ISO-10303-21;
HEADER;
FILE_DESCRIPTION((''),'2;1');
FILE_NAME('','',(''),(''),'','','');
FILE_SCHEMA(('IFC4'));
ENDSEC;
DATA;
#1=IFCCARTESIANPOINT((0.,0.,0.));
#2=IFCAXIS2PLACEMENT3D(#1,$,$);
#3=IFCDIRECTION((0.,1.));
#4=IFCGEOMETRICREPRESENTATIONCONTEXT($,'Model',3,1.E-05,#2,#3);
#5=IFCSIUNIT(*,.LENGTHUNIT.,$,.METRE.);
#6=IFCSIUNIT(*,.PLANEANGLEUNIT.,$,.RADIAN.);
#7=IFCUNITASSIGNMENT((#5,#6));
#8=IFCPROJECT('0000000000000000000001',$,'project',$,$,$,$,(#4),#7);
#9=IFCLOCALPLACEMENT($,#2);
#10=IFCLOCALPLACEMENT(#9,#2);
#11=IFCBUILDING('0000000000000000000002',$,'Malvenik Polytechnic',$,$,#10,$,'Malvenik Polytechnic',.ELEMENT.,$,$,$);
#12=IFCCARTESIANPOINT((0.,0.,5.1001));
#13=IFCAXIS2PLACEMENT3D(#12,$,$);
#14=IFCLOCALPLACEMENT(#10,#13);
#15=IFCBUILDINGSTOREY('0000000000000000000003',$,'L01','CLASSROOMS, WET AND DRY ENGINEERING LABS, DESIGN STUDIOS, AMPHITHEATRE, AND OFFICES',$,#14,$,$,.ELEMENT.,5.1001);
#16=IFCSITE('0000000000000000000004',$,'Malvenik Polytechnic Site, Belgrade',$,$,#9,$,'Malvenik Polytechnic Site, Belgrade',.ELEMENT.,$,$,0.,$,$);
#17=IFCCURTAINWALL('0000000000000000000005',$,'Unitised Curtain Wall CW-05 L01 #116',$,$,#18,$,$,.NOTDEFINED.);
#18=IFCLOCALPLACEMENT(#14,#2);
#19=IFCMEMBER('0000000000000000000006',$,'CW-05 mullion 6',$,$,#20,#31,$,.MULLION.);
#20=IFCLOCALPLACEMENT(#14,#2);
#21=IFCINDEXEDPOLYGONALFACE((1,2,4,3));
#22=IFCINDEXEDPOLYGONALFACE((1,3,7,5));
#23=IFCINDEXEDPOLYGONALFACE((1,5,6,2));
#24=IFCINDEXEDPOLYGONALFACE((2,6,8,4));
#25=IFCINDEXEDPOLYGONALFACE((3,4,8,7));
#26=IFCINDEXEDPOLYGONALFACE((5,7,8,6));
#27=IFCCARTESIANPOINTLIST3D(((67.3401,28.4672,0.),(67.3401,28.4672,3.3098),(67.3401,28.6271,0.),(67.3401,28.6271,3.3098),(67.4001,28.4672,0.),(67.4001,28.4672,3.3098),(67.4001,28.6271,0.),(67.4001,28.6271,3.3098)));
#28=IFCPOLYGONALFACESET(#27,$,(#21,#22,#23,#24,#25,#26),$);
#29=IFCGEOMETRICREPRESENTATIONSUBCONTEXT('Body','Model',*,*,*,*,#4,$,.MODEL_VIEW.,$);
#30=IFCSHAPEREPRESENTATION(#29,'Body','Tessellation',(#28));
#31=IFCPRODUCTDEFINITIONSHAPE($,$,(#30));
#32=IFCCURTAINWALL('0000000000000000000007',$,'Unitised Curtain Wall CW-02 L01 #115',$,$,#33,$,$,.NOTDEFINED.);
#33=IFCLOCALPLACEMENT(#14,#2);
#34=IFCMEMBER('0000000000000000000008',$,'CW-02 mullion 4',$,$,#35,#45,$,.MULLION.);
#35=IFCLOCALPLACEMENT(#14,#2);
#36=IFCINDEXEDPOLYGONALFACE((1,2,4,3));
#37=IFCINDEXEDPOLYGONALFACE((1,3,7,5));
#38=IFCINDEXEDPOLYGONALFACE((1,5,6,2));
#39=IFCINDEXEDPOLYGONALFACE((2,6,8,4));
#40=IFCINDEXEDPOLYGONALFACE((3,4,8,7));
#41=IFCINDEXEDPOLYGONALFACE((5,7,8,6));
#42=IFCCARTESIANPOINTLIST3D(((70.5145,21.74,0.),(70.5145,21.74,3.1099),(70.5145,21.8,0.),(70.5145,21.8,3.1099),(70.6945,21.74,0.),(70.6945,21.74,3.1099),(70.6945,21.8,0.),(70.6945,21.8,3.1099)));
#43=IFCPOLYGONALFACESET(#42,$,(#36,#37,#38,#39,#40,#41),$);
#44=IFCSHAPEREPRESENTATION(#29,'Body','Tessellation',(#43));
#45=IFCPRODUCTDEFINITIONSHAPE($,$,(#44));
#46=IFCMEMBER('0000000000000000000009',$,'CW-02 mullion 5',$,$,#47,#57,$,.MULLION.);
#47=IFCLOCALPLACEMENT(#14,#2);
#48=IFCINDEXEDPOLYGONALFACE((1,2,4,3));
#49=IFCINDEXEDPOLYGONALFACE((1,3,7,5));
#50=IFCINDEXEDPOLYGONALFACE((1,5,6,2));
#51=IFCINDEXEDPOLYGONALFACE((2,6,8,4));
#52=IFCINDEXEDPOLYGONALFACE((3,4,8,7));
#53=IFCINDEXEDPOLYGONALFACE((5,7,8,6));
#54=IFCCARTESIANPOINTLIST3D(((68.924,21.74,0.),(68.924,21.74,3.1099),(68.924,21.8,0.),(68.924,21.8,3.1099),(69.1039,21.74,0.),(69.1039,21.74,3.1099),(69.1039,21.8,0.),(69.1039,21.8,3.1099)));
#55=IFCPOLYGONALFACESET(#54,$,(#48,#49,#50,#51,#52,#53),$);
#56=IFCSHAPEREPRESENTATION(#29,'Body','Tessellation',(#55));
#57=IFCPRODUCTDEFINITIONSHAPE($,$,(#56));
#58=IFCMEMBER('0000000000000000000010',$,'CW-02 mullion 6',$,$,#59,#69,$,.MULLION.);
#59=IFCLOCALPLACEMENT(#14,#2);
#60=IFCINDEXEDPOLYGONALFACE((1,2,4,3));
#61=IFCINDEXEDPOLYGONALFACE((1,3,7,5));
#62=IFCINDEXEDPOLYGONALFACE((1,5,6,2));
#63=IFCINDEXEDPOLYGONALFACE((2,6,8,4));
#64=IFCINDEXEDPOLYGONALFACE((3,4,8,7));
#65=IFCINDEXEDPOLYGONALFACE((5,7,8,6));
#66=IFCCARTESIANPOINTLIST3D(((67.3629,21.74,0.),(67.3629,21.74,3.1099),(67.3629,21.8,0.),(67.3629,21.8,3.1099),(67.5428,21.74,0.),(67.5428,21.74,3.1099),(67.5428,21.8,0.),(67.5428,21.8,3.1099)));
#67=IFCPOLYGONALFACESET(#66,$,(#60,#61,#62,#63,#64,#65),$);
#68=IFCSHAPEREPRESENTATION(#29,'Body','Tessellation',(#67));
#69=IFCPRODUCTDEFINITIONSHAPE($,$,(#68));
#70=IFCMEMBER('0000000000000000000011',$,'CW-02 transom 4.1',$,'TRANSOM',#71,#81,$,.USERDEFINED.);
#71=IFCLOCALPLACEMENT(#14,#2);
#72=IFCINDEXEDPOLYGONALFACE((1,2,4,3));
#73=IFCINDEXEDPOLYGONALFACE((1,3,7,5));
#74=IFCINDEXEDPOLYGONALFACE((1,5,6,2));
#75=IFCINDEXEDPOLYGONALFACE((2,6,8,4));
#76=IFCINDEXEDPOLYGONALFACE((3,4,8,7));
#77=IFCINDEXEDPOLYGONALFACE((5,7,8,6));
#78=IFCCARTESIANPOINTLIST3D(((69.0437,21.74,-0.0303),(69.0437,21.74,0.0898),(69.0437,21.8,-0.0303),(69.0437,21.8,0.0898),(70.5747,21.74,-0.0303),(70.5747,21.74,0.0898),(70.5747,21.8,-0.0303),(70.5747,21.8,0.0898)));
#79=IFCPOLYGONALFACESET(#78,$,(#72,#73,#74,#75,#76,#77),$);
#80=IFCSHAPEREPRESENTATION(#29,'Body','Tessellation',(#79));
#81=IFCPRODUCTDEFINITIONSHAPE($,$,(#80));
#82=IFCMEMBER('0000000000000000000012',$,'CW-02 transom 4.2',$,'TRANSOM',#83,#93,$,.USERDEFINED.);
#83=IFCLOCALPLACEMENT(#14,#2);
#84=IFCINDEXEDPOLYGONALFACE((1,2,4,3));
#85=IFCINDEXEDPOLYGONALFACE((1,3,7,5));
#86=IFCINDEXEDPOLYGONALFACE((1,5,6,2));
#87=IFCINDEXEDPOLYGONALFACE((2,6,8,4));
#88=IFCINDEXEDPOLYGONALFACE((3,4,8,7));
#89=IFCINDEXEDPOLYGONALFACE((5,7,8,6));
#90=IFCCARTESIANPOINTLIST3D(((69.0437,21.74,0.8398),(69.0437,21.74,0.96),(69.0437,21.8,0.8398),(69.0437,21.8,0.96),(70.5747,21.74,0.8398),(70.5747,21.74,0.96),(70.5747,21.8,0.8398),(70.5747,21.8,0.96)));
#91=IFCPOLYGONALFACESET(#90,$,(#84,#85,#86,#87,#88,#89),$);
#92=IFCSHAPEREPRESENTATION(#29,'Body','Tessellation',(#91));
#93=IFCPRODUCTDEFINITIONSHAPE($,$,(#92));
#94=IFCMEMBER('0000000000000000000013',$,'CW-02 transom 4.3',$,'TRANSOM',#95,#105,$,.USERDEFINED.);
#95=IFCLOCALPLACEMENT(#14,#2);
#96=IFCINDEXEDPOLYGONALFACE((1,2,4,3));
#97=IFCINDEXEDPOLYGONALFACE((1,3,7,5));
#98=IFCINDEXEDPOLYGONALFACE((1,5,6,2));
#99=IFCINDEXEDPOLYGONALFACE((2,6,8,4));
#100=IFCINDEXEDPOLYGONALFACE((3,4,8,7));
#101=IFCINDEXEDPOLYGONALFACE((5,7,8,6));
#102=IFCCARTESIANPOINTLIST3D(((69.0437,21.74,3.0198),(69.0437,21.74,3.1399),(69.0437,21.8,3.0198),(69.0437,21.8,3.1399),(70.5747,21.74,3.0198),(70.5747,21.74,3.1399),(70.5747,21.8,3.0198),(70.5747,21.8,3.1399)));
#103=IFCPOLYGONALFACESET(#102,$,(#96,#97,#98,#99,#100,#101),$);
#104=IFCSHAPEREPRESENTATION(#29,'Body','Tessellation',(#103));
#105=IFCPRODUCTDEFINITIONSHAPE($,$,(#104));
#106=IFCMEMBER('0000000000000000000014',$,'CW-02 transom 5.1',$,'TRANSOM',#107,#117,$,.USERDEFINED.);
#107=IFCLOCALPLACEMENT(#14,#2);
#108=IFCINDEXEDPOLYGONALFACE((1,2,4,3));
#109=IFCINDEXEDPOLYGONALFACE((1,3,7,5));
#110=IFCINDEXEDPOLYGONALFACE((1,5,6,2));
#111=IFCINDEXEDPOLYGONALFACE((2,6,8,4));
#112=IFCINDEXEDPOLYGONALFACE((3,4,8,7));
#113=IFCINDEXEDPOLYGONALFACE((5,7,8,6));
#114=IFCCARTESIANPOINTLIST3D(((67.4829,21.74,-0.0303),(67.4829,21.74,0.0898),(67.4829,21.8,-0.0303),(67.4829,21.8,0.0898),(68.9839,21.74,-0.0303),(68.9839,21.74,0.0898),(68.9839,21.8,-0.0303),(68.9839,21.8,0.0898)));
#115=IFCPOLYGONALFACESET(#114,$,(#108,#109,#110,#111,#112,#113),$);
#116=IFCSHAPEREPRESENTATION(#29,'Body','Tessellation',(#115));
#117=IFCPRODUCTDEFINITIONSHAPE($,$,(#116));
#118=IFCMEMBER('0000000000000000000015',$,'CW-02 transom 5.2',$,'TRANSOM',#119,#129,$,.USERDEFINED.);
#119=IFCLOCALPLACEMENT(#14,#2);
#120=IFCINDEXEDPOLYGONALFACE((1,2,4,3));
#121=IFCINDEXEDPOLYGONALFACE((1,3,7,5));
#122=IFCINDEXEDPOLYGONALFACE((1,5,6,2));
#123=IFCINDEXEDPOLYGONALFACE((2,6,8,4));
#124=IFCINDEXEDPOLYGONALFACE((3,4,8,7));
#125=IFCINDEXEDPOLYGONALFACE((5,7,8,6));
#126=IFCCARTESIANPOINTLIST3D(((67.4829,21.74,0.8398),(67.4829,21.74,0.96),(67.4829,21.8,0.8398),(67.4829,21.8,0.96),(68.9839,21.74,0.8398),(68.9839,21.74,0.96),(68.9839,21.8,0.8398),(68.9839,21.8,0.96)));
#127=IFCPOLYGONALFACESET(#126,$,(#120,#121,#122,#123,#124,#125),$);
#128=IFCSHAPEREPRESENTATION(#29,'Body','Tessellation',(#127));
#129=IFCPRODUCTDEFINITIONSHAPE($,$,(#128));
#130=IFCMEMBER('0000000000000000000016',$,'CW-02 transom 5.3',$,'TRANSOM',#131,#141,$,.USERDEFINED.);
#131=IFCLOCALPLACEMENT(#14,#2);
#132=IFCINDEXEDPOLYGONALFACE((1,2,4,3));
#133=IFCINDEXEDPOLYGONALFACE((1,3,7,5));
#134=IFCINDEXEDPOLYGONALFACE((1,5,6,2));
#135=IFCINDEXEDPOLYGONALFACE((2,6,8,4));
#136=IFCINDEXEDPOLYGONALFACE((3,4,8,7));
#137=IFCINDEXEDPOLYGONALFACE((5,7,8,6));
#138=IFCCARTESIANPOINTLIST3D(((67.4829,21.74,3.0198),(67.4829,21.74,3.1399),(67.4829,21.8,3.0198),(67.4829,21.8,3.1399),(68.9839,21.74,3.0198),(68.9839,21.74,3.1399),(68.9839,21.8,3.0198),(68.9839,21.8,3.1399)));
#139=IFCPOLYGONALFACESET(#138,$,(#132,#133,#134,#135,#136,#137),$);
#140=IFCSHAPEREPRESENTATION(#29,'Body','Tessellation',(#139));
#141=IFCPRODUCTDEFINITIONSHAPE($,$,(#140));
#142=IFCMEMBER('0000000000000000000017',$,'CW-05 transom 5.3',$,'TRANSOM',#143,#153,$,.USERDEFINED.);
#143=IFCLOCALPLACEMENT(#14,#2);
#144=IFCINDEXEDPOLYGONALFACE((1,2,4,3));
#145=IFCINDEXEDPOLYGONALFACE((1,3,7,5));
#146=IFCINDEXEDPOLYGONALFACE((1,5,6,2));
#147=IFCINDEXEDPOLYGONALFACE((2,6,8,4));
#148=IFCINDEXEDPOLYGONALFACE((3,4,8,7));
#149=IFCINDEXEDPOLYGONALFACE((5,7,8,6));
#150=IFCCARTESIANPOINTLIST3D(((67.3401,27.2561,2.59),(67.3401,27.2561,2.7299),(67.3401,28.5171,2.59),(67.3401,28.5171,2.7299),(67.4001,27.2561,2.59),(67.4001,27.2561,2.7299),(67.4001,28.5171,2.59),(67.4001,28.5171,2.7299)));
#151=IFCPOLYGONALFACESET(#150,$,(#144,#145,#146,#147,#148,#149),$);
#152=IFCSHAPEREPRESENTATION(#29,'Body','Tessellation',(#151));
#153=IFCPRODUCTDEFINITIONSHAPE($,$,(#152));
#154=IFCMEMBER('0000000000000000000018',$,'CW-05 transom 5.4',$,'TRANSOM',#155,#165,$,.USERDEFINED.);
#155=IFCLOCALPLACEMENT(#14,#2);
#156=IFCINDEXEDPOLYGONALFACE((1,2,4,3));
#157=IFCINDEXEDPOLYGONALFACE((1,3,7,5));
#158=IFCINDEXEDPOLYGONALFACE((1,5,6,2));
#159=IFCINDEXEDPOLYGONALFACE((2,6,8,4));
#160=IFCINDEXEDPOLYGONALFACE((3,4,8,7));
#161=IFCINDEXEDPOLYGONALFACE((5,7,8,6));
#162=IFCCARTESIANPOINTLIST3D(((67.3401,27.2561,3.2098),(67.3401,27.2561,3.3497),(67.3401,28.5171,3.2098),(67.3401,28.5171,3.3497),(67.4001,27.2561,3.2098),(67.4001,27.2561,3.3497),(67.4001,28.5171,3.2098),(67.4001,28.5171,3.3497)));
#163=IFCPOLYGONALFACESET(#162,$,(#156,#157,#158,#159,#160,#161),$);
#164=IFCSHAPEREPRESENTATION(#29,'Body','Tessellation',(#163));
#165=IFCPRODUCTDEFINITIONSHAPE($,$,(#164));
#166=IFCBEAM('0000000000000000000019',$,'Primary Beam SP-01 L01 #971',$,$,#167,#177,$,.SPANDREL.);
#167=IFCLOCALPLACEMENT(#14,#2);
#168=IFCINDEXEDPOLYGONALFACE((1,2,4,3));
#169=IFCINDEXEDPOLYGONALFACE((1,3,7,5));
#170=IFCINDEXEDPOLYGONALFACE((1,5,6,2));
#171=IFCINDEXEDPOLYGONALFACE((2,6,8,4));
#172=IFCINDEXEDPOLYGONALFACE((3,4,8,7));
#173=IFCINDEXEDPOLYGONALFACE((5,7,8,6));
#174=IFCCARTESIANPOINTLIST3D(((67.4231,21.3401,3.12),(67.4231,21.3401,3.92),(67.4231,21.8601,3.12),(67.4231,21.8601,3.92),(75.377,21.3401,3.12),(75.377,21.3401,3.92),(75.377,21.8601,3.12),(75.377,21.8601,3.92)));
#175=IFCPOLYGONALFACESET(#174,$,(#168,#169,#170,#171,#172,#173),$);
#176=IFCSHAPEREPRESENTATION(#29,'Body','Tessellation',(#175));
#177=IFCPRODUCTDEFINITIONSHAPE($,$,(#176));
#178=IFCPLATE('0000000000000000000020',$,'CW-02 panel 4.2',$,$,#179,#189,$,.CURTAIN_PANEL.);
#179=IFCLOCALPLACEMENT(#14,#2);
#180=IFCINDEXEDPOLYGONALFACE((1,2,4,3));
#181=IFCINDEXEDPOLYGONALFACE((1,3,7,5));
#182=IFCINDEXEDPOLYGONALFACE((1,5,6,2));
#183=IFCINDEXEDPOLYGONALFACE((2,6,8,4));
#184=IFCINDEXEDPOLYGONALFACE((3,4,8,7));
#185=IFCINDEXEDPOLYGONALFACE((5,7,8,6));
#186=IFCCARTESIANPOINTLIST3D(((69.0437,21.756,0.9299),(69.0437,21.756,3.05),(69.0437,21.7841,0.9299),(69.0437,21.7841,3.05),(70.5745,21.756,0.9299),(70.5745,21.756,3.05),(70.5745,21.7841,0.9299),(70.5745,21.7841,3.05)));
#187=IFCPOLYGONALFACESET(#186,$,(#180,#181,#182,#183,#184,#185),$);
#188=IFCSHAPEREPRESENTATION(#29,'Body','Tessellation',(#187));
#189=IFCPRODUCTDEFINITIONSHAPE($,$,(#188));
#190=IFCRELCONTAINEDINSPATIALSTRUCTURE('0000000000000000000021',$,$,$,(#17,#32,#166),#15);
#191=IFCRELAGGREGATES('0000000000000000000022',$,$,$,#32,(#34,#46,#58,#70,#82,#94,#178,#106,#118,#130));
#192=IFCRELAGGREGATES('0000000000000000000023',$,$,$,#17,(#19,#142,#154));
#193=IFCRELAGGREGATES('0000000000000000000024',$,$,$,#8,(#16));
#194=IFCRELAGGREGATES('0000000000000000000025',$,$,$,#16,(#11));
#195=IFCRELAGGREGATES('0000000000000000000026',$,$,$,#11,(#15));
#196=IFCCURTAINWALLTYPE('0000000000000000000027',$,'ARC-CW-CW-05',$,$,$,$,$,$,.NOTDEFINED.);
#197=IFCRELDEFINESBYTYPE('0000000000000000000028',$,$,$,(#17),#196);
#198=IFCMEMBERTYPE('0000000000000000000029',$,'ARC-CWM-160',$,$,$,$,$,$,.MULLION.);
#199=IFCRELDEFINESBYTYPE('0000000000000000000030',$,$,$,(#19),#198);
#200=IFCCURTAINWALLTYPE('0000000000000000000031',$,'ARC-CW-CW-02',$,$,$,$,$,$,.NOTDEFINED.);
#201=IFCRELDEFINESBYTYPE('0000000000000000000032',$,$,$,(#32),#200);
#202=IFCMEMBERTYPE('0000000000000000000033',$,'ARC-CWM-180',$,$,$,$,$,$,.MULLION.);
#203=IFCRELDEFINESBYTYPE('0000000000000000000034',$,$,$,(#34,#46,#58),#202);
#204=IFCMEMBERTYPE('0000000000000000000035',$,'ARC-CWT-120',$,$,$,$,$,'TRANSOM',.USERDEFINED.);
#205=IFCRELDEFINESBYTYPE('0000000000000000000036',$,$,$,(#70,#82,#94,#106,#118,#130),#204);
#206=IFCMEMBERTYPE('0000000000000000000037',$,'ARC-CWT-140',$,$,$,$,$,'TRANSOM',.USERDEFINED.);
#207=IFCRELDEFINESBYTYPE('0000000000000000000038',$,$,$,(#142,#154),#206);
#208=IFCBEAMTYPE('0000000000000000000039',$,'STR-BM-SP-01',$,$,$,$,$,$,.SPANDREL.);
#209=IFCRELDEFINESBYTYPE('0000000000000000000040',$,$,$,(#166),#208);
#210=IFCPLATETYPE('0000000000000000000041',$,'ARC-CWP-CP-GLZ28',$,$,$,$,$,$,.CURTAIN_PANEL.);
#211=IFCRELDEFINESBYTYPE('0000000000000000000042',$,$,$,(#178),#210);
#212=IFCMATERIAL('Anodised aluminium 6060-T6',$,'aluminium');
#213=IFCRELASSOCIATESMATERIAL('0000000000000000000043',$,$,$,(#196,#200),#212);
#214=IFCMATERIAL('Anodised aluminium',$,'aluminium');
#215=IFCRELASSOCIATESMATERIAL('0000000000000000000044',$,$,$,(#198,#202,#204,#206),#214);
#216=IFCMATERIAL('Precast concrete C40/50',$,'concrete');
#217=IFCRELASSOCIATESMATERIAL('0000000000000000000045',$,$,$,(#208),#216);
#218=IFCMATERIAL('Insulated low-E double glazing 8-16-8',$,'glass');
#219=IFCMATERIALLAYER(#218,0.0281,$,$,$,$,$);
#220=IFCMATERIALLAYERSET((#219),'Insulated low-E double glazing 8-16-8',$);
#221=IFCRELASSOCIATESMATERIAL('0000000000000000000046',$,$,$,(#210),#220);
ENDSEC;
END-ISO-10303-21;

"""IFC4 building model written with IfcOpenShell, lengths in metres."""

from ifc_helpers import new_model, si_unit, direction, frame, origin, origin_2d, place, context, subcontext, project, spatial, rectangle, extrude, material, layer, layer_set, material_profile, profile_set, type_object, element, aggregate, save


model = new_model("IFC4")

# Units and contexts
model_context = context("Model", 3, precision=1e-05, world=origin(), true_north=direction((0.0, 1.0)))
body_context = subcontext(model_context, "Body", "Model", "MODEL_VIEW")
ifc_project = project(units=[si_unit("LENGTHUNIT", "METRE"), si_unit("PLANEANGLEUNIT", "RADIAN")], contexts=[model_context])

# Site, building, storey
site_placement = place(None, origin())
site = spatial("IfcSite", under=ifc_project, at=site_placement, Name="Malvenik Polytechnic Site, Belgrade", LongName="Malvenik Polytechnic Site, Belgrade", CompositionType="ELEMENT", RefElevation=0.0)
building_placement = place(site_placement, origin())
building = spatial("IfcBuilding", under=site, at=building_placement, Name="Malvenik Polytechnic", LongName="Malvenik Polytechnic", CompositionType="ELEMENT")
storey_placement = place(building_placement, frame((0.0, 0.0, 5.1001)))
storey = spatial("IfcBuildingStorey", under=building, at=storey_placement, Name="L01", Description="CLASSROOMS, WET AND DRY ENGINEERING LABS, DESIGN STUDIOS, AMPHITHEATRE, AND OFFICES", CompositionType="ELEMENT", Elevation=5.1001)

# Curtain wall, member
ifc_material_1 = material(Name="Anodised aluminium 6060-T6", Category="aluminium")
curtain_wall_type_1 = type_object("IfcCurtainWallType", Name="ARC-CW-CW-05", PredefinedType="NOTDEFINED", material=ifc_material_1)
curtain_wall_1_placement = place(storey_placement, origin())
curtain_wall_1 = element("IfcCurtainWall", 1, at=curtain_wall_1_placement, inside=storey, type_object=curtain_wall_type_1, Name="Unitised Curtain Wall CW-05 L01 #116", PredefinedType="NOTDEFINED")
ifc_material_2 = material(Name="Anodised aluminium", Category="aluminium")
ifc_material_profile_1 = material_profile(ifc_material_2, rectangle(XDim=0.0601, YDim=0.1599, at=origin_2d()), Name="ALU MULLION 60x160")
ifc_profile_set_1 = profile_set([ifc_material_profile_1], Name="Anodised aluminium")
member_type_1 = type_object("IfcMemberType", Name="ARC-CWM-160", PredefinedType="MULLION", material=ifc_profile_set_1)
member_1_placement = place(storey_placement, frame((67.3701, 28.5471, 0.0), z_axis=(0.0, 0.0, 1.0), x_axis=(-1.0, 0.0, 0.0)))
member_1 = element("IfcMember", 2, at=member_1_placement, type_object=member_type_1, Name="CW-05 mullion 6", PredefinedType="MULLION", context=body_context, shape_type="SweptSolid", body=[
    extrude(rectangle(XDim=0.0601, YDim=0.1599, at=origin_2d()), origin(), (0.0, 0.0, 1.0), 3.3098),
])

# Curtain wall, members
curtain_wall_type_2 = type_object("IfcCurtainWallType", Name="ARC-CW-CW-02", PredefinedType="NOTDEFINED", material=ifc_material_1)
curtain_wall_2_placement = place(storey_placement, origin())
curtain_wall_2 = element("IfcCurtainWall", 3, at=curtain_wall_2_placement, inside=storey, type_object=curtain_wall_type_2, Name="Unitised Curtain Wall CW-02 L01 #115", PredefinedType="NOTDEFINED")
ifc_material_profile_2 = material_profile(ifc_material_2, rectangle(XDim=0.0601, YDim=0.1799, at=origin_2d()), Name="ALU MULLION 60x180")
ifc_profile_set_2 = profile_set([ifc_material_profile_2], Name="Anodised aluminium")
member_type_2 = type_object("IfcMemberType", Name="ARC-CWM-180", PredefinedType="MULLION", material=ifc_profile_set_2)
member_2_placement = place(storey_placement, frame((70.6045, 21.77, 0.0), z_axis=(0.0, 0.0, 1.0), x_axis=(0.0, -1.0, 0.0)))
member_2 = element("IfcMember", 4, at=member_2_placement, type_object=member_type_2, Name="CW-02 mullion 4", PredefinedType="MULLION", context=body_context, shape_type="SweptSolid", body=[
    extrude(rectangle(XDim=0.0601, YDim=0.1799, at=origin_2d()), origin(), (0.0, 0.0, 1.0), 3.1099),
])
member_3_placement = place(storey_placement, frame((69.0139, 21.77, 0.0), z_axis=(0.0, 0.0, 1.0), x_axis=(0.0, -1.0, 0.0)))
member_3 = element("IfcMember", 5, at=member_3_placement, type_object=member_type_2, Name="CW-02 mullion 5", PredefinedType="MULLION", context=body_context, shape_type="SweptSolid", body=[
    extrude(rectangle(XDim=0.0601, YDim=0.1799, at=origin_2d()), origin(), (0.0, 0.0, 1.0), 3.1099),
])
member_4_placement = place(storey_placement, frame((67.4529, 21.77, 0.0), z_axis=(0.0, 0.0, 1.0), x_axis=(0.0, -1.0, 0.0)))
member_4 = element("IfcMember", 6, at=member_4_placement, type_object=member_type_2, Name="CW-02 mullion 6", PredefinedType="MULLION", context=body_context, shape_type="SweptSolid", body=[
    extrude(rectangle(XDim=0.0601, YDim=0.1799, at=origin_2d()), origin(), (0.0, 0.0, 1.0), 3.1099),
])
ifc_material_profile_3 = material_profile(ifc_material_2, rectangle(XDim=0.0601, YDim=0.1201, at=origin_2d()), Name="ALU TRANSOM 60x120")
ifc_profile_set_3 = profile_set([ifc_material_profile_3], Name="Anodised aluminium")
member_type_3 = type_object("IfcMemberType", Name="ARC-CWT-120", ElementType="TRANSOM", PredefinedType="USERDEFINED", material=ifc_profile_set_3)
member_5_placement = place(storey_placement, frame((70.5747, 21.77, 0.0298), z_axis=(-1.0, 0.0, 0.0), x_axis=(0.0, -1.0, 0.0)))
member_5 = element("IfcMember", 7, at=member_5_placement, type_object=member_type_3, Name="CW-02 transom 4.1", ObjectType="TRANSOM", PredefinedType="USERDEFINED", context=body_context, shape_type="SweptSolid", body=[
    extrude(rectangle(XDim=0.0601, YDim=0.1201, at=origin_2d()), origin(), (0.0, 0.0, 1.0), 1.531),
])
member_6_placement = place(storey_placement, frame((70.5747, 21.77, 0.8999), z_axis=(-1.0, 0.0, 0.0), x_axis=(0.0, -1.0, 0.0)))
member_6 = element("IfcMember", 8, at=member_6_placement, type_object=member_type_3, Name="CW-02 transom 4.2", ObjectType="TRANSOM", PredefinedType="USERDEFINED", context=body_context, shape_type="SweptSolid", body=[
    extrude(rectangle(XDim=0.0601, YDim=0.1201, at=origin_2d()), origin(), (0.0, 0.0, 1.0), 1.531),
])
member_7_placement = place(storey_placement, frame((70.5747, 21.77, 3.0798), z_axis=(-1.0, 0.0, 0.0), x_axis=(0.0, -1.0, 0.0)))
member_7 = element("IfcMember", 9, at=member_7_placement, type_object=member_type_3, Name="CW-02 transom 4.3", ObjectType="TRANSOM", PredefinedType="USERDEFINED", context=body_context, shape_type="SweptSolid", body=[
    extrude(rectangle(XDim=0.0601, YDim=0.1201, at=origin_2d()), origin(), (0.0, 0.0, 1.0), 1.531),
])
member_8_placement = place(storey_placement, frame((68.9839, 21.77, 0.0298), z_axis=(-1.0, 0.0, 0.0), x_axis=(0.0, -1.0, 0.0)))
member_8 = element("IfcMember", 10, at=member_8_placement, type_object=member_type_3, Name="CW-02 transom 5.1", ObjectType="TRANSOM", PredefinedType="USERDEFINED", context=body_context, shape_type="SweptSolid", body=[
    extrude(rectangle(XDim=0.0601, YDim=0.1201, at=origin_2d()), origin(), (0.0, 0.0, 1.0), 1.501),
])
member_9_placement = place(storey_placement, frame((68.9839, 21.77, 0.8999), z_axis=(-1.0, 0.0, 0.0), x_axis=(0.0, -1.0, 0.0)))
member_9 = element("IfcMember", 11, at=member_9_placement, type_object=member_type_3, Name="CW-02 transom 5.2", ObjectType="TRANSOM", PredefinedType="USERDEFINED", context=body_context, shape_type="SweptSolid", body=[
    extrude(rectangle(XDim=0.0601, YDim=0.1201, at=origin_2d()), origin(), (0.0, 0.0, 1.0), 1.501),
])
member_10_placement = place(storey_placement, frame((68.9839, 21.77, 3.0798), z_axis=(-1.0, 0.0, 0.0), x_axis=(0.0, -1.0, 0.0)))
member_10 = element("IfcMember", 12, at=member_10_placement, type_object=member_type_3, Name="CW-02 transom 5.3", ObjectType="TRANSOM", PredefinedType="USERDEFINED", context=body_context, shape_type="SweptSolid", body=[
    extrude(rectangle(XDim=0.0601, YDim=0.1201, at=origin_2d()), origin(), (0.0, 0.0, 1.0), 1.501),
])

# Members
ifc_material_profile_4 = material_profile(ifc_material_2, rectangle(XDim=0.0601, YDim=0.1399, at=origin_2d()), Name="ALU TRANSOM 60x140")
ifc_profile_set_4 = profile_set([ifc_material_profile_4], Name="Anodised aluminium")
member_type_4 = type_object("IfcMemberType", Name="ARC-CWT-140", ElementType="TRANSOM", PredefinedType="USERDEFINED", material=ifc_profile_set_4)
member_11_placement = place(storey_placement, frame((67.3701, 27.2561, 2.6599), z_axis=(0.0, 1.0, 0.0), x_axis=(-1.0, 0.0, 0.0)))
member_11 = element("IfcMember", 13, at=member_11_placement, type_object=member_type_4, Name="CW-05 transom 5.3", ObjectType="TRANSOM", PredefinedType="USERDEFINED", context=body_context, shape_type="SweptSolid", body=[
    extrude(rectangle(XDim=0.0601, YDim=0.1399, at=origin_2d()), origin(), (0.0, 0.0, 1.0), 1.261),
])
member_12_placement = place(storey_placement, frame((67.3701, 27.2561, 3.2798), z_axis=(0.0, 1.0, 0.0), x_axis=(-1.0, 0.0, 0.0)))
member_12 = element("IfcMember", 14, at=member_12_placement, type_object=member_type_4, Name="CW-05 transom 5.4", ObjectType="TRANSOM", PredefinedType="USERDEFINED", context=body_context, shape_type="SweptSolid", body=[
    extrude(rectangle(XDim=0.0601, YDim=0.1399, at=origin_2d()), origin(), (0.0, 0.0, 1.0), 1.261),
])

# Beam
ifc_material_3 = material(Name="Precast concrete C40/50", Category="concrete")
ifc_material_profile_5 = material_profile(ifc_material_3, rectangle(XDim=0.52, YDim=0.8, at=origin_2d()), Name="PC SPN 520x800")
ifc_profile_set_5 = profile_set([ifc_material_profile_5], Name="Precast concrete C40/50")
beam_type = type_object("IfcBeamType", Name="STR-BM-SP-01", PredefinedType="SPANDREL", material=ifc_profile_set_5)
beam_placement = place(storey_placement, frame((67.4231, 21.6001, 3.52), z_axis=(1.0, 0.0, 0.0), x_axis=(0.0, 1.0, 0.0)))
element("IfcBeam", 15, at=beam_placement, inside=storey, type_object=beam_type, Name="Primary Beam SP-01 L01 #971", PredefinedType="SPANDREL", context=body_context, shape_type="SweptSolid", body=[
    extrude(rectangle(XDim=0.52, YDim=0.8, at=origin_2d()), origin(), (0.0, 0.0, 1.0), 7.9539),
])

# Plate
ifc_material_4 = material(Name="Insulated low-E double glazing 8-16-8", Category="glass")
ifc_layer_1 = layer(ifc_material_4, 0.0281)
ifc_layer_set_1 = layer_set([ifc_layer_1], Name="Insulated low-E double glazing 8-16-8")
plate_type_1 = type_object("IfcPlateType", Name="ARC-CWP-CP-GLZ28", PredefinedType="CURTAIN_PANEL", material=ifc_layer_set_1)
plate_1_placement = place(storey_placement, frame((69.8091, 21.77, 0.9299), z_axis=(0.0, 0.0, 1.0), x_axis=(-1.0, 0.0, 0.0)))
plate_1 = element("IfcPlate", 16, at=plate_1_placement, type_object=plate_type_1, Name="CW-02 panel 4.2", PredefinedType="CURTAIN_PANEL", context=body_context, shape_type="SweptSolid", body=[
    extrude(rectangle(XDim=1.5308, YDim=0.0281, at=origin_2d()), origin(), (0.0, 0.0, 1.0), 2.1201),
])
aggregate(curtain_wall_2, [member_2, member_3, member_4, member_5, member_6, member_7, plate_1, member_8, member_9, member_10])
aggregate(curtain_wall_1, [member_1, member_11, member_12])

save(model, "model.ifc")
